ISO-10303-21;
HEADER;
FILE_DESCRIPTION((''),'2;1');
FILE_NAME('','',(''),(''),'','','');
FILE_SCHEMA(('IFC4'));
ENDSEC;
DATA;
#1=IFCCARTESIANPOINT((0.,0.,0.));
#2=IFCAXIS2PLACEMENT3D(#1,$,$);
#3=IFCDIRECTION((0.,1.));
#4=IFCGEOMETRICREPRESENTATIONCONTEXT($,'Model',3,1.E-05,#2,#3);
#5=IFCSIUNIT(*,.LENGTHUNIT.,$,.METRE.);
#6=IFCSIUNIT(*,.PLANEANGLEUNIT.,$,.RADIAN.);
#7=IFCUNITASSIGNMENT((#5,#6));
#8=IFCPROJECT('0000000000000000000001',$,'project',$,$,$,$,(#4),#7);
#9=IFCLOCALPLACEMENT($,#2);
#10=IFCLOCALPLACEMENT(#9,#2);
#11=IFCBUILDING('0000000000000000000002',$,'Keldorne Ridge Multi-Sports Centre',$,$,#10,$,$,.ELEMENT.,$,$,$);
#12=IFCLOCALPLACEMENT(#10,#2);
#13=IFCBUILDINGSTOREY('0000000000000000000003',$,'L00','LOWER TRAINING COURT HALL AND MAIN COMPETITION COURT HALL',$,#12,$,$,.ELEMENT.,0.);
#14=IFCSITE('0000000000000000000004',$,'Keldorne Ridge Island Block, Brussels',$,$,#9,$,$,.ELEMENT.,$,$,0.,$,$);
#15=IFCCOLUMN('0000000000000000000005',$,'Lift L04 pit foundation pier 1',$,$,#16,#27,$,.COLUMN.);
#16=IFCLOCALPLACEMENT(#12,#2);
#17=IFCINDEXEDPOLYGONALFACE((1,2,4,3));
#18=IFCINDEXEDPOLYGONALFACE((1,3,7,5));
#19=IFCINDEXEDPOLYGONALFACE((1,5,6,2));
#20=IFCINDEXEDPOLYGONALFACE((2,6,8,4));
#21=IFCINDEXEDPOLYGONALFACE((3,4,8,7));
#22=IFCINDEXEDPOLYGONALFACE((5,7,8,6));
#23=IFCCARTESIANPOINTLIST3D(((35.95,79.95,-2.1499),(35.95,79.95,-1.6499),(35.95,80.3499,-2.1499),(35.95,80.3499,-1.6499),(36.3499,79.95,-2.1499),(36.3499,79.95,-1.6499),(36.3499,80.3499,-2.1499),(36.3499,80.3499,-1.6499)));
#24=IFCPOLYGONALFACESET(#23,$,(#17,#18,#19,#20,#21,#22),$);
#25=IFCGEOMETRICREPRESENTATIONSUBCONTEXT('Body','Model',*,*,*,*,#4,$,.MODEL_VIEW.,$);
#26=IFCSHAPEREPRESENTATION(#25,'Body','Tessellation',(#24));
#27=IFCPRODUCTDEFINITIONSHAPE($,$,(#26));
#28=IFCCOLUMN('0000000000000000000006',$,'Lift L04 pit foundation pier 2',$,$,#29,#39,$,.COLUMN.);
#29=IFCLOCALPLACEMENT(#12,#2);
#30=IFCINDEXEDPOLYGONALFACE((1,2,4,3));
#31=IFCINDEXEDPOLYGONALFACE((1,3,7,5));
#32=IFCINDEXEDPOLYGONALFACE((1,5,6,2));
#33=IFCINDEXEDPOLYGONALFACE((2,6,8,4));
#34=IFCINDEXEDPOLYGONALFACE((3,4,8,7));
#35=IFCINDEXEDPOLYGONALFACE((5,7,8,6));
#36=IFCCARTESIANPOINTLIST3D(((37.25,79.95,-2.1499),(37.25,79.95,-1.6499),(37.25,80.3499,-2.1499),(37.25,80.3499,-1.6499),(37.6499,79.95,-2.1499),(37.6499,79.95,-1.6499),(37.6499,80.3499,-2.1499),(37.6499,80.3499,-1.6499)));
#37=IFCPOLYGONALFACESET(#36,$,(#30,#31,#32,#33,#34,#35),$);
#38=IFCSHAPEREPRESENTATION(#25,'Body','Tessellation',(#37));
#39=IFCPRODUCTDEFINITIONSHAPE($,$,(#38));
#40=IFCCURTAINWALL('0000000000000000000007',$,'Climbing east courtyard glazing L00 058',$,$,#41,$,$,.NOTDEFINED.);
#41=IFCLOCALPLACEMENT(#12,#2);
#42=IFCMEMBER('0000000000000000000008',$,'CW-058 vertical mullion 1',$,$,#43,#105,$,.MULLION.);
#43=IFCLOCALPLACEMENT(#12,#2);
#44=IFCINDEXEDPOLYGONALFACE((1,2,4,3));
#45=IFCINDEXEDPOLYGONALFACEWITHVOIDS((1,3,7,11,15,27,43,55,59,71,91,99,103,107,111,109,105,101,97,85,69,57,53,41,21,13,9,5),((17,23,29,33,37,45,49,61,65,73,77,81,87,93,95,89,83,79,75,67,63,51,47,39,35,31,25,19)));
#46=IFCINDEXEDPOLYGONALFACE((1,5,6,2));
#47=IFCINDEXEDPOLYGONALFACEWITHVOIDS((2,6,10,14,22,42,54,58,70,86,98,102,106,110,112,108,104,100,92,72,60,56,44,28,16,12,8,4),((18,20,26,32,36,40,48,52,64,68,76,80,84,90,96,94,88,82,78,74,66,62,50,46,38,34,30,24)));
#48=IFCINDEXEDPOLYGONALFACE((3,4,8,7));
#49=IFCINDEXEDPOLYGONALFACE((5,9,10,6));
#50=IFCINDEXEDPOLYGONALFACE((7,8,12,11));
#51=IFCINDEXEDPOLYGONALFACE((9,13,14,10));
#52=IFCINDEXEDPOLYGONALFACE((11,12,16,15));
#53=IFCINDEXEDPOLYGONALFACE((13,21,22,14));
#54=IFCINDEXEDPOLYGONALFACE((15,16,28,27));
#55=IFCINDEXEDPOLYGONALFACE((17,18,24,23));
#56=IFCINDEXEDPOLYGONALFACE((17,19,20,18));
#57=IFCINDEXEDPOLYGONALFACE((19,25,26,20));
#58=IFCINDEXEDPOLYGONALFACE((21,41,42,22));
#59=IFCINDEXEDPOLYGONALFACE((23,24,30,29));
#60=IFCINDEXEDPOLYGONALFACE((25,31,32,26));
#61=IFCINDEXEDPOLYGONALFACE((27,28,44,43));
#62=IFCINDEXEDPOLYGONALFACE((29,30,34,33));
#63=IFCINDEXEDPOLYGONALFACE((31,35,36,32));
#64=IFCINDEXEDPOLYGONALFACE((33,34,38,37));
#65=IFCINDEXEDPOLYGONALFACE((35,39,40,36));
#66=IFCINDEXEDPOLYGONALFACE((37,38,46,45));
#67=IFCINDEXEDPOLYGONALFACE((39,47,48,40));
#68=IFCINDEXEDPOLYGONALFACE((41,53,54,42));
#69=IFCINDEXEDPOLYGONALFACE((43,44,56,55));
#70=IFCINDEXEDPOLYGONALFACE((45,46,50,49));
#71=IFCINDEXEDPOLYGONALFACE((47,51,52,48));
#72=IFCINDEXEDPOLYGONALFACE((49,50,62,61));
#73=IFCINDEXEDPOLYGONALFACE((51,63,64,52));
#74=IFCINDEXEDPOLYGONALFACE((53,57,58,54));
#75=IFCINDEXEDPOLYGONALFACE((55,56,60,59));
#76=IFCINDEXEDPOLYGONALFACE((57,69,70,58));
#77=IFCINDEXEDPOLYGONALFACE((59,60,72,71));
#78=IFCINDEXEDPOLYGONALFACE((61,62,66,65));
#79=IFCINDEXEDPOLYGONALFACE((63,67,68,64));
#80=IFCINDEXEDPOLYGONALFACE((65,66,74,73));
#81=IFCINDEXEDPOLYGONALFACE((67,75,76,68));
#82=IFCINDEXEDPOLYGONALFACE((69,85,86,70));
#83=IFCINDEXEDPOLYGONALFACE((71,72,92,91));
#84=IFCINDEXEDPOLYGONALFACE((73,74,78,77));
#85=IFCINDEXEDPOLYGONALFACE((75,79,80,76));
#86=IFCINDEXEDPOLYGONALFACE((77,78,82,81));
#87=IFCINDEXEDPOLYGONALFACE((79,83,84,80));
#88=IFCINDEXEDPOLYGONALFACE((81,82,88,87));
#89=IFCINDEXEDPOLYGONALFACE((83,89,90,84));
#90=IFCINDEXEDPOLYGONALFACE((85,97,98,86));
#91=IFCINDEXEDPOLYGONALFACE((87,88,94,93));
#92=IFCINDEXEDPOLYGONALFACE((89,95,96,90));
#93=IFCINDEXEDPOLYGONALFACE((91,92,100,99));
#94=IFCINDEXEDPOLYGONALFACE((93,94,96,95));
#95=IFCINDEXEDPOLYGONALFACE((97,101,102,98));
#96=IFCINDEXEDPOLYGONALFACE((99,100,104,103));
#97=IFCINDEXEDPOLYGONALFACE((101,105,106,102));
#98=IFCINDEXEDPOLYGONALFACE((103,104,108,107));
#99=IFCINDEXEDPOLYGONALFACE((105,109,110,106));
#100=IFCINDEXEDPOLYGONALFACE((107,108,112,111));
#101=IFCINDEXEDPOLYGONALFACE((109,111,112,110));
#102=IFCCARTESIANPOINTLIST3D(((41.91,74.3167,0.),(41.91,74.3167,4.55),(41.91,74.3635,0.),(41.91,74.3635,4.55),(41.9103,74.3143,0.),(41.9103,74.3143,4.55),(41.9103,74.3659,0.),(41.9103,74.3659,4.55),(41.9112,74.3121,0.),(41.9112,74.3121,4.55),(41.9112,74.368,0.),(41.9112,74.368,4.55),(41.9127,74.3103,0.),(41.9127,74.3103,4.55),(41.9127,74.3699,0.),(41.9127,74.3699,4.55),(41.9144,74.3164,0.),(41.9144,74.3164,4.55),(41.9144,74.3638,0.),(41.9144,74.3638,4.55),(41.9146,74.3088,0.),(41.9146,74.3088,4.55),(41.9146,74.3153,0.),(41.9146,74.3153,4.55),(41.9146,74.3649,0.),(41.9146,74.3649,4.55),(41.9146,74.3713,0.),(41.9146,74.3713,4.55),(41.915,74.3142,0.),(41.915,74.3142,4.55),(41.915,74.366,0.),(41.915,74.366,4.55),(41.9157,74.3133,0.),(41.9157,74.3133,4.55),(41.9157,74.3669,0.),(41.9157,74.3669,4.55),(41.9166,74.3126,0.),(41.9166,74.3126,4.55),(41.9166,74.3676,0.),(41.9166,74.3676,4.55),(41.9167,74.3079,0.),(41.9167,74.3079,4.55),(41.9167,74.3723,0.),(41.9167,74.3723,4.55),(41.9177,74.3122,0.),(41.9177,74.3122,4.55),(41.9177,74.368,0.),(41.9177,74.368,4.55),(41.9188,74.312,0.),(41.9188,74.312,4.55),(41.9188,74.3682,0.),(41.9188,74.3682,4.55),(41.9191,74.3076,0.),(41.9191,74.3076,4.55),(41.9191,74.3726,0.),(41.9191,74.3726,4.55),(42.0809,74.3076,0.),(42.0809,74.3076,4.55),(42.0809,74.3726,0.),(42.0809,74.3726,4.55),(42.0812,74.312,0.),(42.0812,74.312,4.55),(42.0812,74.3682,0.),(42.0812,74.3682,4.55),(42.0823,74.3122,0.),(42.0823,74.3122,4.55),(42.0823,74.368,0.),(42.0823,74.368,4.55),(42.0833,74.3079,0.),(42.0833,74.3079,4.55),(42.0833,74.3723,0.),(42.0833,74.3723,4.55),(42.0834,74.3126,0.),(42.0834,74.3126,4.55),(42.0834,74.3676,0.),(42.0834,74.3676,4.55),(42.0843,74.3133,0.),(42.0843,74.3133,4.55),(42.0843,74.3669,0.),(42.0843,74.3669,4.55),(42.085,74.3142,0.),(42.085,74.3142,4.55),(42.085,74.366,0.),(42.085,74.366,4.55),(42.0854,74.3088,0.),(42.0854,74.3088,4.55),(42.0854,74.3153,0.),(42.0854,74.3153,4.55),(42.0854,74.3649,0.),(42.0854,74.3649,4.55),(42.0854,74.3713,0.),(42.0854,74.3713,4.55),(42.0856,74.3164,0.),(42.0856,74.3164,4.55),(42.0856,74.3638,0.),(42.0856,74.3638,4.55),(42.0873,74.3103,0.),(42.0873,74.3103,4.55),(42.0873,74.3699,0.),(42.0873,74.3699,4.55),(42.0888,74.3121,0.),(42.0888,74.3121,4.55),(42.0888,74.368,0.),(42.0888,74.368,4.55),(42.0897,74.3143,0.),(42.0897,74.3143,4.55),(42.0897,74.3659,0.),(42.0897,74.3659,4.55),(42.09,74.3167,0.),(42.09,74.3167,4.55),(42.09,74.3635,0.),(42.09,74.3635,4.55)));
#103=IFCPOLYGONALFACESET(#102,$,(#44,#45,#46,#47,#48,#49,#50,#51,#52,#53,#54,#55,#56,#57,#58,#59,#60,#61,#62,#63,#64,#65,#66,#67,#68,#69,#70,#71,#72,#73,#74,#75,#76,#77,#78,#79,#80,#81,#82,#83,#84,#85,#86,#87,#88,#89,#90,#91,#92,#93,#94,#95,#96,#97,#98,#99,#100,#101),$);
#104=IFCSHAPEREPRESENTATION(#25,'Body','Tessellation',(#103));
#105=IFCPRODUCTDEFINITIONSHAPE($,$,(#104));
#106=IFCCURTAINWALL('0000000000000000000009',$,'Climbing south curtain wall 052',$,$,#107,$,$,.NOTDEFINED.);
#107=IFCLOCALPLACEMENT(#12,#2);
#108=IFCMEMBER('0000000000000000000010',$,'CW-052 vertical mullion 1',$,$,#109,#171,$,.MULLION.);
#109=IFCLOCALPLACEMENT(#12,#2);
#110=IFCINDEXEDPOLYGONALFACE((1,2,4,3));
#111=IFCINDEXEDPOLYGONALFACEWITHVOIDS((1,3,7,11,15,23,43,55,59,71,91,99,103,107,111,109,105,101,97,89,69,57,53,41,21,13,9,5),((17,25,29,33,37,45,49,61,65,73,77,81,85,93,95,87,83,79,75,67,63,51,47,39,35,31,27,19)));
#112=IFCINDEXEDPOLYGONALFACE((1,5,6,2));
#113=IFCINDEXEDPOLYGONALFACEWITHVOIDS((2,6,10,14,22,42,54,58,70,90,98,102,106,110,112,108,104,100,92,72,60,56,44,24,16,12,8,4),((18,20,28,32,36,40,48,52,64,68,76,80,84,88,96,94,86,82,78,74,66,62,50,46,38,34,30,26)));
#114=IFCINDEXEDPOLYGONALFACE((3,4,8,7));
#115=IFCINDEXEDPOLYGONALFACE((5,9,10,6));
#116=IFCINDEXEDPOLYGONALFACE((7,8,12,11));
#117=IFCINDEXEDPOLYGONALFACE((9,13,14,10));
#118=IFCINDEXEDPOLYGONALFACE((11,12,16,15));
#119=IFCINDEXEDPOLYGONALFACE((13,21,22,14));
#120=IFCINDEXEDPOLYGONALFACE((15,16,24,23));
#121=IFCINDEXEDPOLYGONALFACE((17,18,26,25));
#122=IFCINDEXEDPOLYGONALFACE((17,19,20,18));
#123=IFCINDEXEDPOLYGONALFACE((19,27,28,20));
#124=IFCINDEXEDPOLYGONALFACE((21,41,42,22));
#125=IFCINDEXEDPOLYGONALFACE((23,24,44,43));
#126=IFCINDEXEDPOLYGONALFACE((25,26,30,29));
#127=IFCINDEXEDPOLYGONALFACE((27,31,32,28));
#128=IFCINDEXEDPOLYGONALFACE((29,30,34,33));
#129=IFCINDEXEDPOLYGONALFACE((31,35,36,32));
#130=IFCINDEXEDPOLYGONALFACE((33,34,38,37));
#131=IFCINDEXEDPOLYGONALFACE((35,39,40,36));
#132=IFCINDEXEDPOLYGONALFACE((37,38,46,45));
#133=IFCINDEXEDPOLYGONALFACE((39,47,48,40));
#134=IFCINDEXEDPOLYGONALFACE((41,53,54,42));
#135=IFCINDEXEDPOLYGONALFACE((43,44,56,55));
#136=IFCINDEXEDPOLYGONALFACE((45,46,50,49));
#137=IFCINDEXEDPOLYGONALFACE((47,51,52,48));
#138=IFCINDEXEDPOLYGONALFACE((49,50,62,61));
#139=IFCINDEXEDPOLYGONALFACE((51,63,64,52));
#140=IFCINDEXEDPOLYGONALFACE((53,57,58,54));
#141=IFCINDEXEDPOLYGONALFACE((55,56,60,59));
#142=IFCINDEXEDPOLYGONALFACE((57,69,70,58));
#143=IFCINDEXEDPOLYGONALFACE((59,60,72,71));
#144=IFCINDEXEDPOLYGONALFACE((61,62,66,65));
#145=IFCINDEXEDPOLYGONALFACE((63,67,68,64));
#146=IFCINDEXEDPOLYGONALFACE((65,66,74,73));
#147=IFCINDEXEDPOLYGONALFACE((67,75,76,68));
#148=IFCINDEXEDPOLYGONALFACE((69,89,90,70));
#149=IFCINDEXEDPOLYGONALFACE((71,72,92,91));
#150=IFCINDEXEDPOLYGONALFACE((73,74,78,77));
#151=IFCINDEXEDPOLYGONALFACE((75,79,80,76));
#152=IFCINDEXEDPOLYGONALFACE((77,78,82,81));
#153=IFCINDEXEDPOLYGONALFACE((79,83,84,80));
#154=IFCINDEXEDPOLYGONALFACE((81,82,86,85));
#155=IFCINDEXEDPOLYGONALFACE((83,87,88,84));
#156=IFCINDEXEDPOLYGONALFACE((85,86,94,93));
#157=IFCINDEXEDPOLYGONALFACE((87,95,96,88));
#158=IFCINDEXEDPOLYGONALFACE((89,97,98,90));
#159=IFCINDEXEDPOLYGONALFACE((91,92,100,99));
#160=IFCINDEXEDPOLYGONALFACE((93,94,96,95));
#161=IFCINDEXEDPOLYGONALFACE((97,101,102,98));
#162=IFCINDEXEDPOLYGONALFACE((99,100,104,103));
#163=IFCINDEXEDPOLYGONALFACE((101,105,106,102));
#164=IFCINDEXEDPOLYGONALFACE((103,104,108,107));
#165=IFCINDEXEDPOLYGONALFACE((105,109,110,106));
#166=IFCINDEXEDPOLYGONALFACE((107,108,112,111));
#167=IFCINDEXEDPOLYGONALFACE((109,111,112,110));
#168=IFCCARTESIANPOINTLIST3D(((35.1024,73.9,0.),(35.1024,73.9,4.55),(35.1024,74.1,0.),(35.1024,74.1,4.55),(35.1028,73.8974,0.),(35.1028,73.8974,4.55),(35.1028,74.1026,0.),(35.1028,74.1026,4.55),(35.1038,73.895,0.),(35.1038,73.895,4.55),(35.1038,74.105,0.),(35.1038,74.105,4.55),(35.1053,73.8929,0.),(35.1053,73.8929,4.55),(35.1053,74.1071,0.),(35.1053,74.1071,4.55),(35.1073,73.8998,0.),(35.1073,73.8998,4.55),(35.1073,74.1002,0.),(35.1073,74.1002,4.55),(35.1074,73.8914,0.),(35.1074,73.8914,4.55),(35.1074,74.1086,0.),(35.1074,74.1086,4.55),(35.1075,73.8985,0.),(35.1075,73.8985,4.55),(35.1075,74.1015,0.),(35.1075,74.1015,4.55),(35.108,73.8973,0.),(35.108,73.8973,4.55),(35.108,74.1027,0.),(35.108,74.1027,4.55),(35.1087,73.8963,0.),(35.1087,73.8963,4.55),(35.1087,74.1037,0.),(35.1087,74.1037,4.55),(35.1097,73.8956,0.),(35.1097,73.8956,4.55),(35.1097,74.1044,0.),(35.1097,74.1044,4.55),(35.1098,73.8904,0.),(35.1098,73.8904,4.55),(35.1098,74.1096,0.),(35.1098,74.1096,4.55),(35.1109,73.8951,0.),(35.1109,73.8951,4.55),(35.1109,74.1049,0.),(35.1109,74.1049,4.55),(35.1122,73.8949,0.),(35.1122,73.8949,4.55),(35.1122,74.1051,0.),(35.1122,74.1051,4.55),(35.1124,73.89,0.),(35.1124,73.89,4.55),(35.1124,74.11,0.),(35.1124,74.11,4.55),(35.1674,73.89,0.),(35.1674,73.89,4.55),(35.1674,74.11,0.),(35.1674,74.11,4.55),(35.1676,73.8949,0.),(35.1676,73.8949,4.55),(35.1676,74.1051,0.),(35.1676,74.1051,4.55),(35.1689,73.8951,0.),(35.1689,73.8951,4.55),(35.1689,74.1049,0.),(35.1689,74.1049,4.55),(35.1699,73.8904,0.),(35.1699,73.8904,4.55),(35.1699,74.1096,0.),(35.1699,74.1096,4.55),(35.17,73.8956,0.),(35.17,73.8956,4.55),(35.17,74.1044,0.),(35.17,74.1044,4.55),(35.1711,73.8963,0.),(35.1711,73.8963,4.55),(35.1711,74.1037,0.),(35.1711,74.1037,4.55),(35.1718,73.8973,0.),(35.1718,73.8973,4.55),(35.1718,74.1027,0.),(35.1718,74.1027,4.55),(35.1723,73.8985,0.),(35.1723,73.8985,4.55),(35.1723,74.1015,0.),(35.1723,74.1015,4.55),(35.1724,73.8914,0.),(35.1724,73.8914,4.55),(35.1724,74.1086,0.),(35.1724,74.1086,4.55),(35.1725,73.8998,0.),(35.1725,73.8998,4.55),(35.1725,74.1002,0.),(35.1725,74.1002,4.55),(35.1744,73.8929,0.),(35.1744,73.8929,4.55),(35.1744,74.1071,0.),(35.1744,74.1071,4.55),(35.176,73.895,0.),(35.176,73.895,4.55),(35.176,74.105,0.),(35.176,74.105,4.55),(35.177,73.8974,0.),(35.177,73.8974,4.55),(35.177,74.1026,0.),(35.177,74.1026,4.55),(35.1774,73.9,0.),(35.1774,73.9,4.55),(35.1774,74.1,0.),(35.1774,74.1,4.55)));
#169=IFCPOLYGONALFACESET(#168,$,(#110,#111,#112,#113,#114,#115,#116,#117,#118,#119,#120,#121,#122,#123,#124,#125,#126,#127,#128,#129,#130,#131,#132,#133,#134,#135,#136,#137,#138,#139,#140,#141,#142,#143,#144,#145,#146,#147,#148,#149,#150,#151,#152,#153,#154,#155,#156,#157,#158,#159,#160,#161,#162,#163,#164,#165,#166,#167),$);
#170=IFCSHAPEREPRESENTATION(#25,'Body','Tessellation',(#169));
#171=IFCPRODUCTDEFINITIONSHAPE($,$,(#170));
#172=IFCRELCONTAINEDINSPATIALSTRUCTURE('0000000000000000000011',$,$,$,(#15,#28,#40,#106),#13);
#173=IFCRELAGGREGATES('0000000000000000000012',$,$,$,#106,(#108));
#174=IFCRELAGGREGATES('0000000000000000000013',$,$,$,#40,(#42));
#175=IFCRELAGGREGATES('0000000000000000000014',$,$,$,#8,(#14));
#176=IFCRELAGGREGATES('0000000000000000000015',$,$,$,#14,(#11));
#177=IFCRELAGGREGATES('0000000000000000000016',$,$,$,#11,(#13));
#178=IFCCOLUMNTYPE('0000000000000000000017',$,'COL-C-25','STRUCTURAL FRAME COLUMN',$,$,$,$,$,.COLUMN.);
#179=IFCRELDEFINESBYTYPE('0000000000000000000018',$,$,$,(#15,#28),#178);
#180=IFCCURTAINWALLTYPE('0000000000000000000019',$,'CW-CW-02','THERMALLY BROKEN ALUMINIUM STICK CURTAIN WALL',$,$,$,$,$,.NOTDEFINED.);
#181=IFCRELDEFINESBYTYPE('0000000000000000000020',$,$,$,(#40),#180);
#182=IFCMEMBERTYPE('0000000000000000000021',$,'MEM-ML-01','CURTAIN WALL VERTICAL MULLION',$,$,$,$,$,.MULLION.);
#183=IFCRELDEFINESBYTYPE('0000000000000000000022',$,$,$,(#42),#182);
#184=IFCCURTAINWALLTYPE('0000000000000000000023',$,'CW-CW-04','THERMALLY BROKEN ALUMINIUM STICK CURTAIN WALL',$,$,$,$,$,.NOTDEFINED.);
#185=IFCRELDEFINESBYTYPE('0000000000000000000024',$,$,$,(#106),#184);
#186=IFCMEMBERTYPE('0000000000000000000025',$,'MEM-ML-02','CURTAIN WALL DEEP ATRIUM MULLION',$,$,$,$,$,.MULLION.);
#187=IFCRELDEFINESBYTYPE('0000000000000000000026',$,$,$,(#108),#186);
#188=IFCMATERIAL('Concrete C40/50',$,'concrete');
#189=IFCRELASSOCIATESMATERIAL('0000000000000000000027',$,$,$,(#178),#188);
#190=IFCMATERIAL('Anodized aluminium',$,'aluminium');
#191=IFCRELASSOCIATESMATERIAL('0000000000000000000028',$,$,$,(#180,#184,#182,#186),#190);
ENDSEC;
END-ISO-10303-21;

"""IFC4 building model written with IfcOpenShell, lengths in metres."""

from ifc_helpers import new_model, si_unit, direction, frame, origin, origin_2d, place, context, subcontext, project, spatial, rectangle, hollow_rectangle, extrude, material, material_profile, profile_set, type_object, element, aggregate, save


model = new_model("IFC4")

# Units and contexts
model_context = context("Model", 3, precision=1e-05, world=origin(), true_north=direction((0.0, 1.0)))
body_context = subcontext(model_context, "Body", "Model", "MODEL_VIEW")
ifc_project = project(units=[si_unit("LENGTHUNIT", "METRE"), si_unit("PLANEANGLEUNIT", "RADIAN")], contexts=[model_context])

# Site, building, storey
site_placement = place(None, origin())
site = spatial("IfcSite", under=ifc_project, at=site_placement, Name="Keldorne Ridge Island Block, Brussels", CompositionType="ELEMENT", RefElevation=0.0)
building_placement = place(site_placement, origin())
building = spatial("IfcBuilding", under=site, at=building_placement, Name="Keldorne Ridge Multi-Sports Centre", CompositionType="ELEMENT")
storey_placement = place(building_placement, origin())
storey = spatial("IfcBuildingStorey", under=building, at=storey_placement, Name="L00", Description="LOWER TRAINING COURT HALL AND MAIN COMPETITION COURT HALL", CompositionType="ELEMENT", Elevation=0.0)

# Columns
ifc_material_1 = material(Name="Concrete C40/50", Category="concrete")
ifc_material_profile_1 = material_profile(ifc_material_1, rectangle(XDim=0.3999, YDim=0.3999, at=origin_2d()), Name="RC 400x400")
ifc_profile_set_1 = profile_set([ifc_material_profile_1], Name="Concrete C40/50")
column_type_1 = type_object("IfcColumnType", Name="COL-C-25", Description="STRUCTURAL FRAME COLUMN", PredefinedType="COLUMN", material=ifc_profile_set_1)
for number, where, z_axis, x_axis, name in (
    (1, (36.1499, 80.1499, -2.1499), (0.0, 0.0, 1.0), (1.0, 0.0, 0.0), "Lift L04 pit foundation pier 1"),
    (2, (37.45, 80.1499, -2.1499), (0.0, 0.0, 1.0), (1.0, 0.0, 0.0), "Lift L04 pit foundation pier 2"),
):
    element("IfcColumn", number, at=place(storey_placement, frame(where, z_axis=z_axis, x_axis=x_axis)), inside=storey, type_object=column_type_1, Name=name, PredefinedType="COLUMN", context=body_context, shape_type="SweptSolid", body=[
        extrude(rectangle(XDim=0.3999, YDim=0.3999, at=origin_2d()), origin(), (0.0, 0.0, 1.0), 0.5),
    ])

# Curtain wall, member
ifc_material_2 = material(Name="Anodized aluminium", Category="aluminium")
curtain_wall_type_1 = type_object("IfcCurtainWallType", Name="CW-CW-02", Description="THERMALLY BROKEN ALUMINIUM STICK CURTAIN WALL", PredefinedType="NOTDEFINED", material=ifc_material_2)
curtain_wall_1_placement = place(storey_placement, origin())
curtain_wall_1 = element("IfcCurtainWall", 3, at=curtain_wall_1_placement, inside=storey, type_object=curtain_wall_type_1, Name="Climbing east courtyard glazing L00 058", PredefinedType="NOTDEFINED")
ifc_material_profile_2 = material_profile(ifc_material_2, hollow_rectangle(XDim=0.0649, YDim=0.1799, WallThickness=0.0044, InnerFilletRadius=0.0044, OuterFilletRadius=0.009, at=origin_2d()), Name="ALU MULLION 180x65x4.5")
ifc_profile_set_2 = profile_set([ifc_material_profile_2], Name="Anodized aluminium")
member_type_1 = type_object("IfcMemberType", Name="MEM-ML-01", Description="CURTAIN WALL VERTICAL MULLION", PredefinedType="MULLION", material=ifc_profile_set_2)
member_1_placement = place(storey_placement, frame((42.0, 74.3401, 0.0), z_axis=(0.0, 0.0, 1.0), x_axis=(0.0, 1.0, 0.0)))
member_1 = element("IfcMember", 4, at=member_1_placement, type_object=member_type_1, Name="CW-058 vertical mullion 1", PredefinedType="MULLION", context=body_context, shape_type="SweptSolid", body=[
    extrude(hollow_rectangle(XDim=0.0649, YDim=0.1799, WallThickness=0.0044, InnerFilletRadius=0.0044, OuterFilletRadius=0.009, at=origin_2d()), origin(), (0.0, 0.0, 1.0), 4.55),
])

# Curtain wall, member
curtain_wall_type_2 = type_object("IfcCurtainWallType", Name="CW-CW-04", Description="THERMALLY BROKEN ALUMINIUM STICK CURTAIN WALL", PredefinedType="NOTDEFINED", material=ifc_material_2)
curtain_wall_2_placement = place(storey_placement, origin())
curtain_wall_2 = element("IfcCurtainWall", 5, at=curtain_wall_2_placement, inside=storey, type_object=curtain_wall_type_2, Name="Climbing south curtain wall 052", PredefinedType="NOTDEFINED")
ifc_material_profile_3 = material_profile(ifc_material_2, hollow_rectangle(XDim=0.075, YDim=0.22, WallThickness=0.0049, InnerFilletRadius=0.0049, OuterFilletRadius=0.01, at=origin_2d()), Name="ALU MULLION 220x75x5")
ifc_profile_set_3 = profile_set([ifc_material_profile_3], Name="Anodized aluminium")
member_type_2 = type_object("IfcMemberType", Name="MEM-ML-02", Description="CURTAIN WALL DEEP ATRIUM MULLION", PredefinedType="MULLION", material=ifc_profile_set_3)
member_2_placement = place(storey_placement, frame((35.1399, 74.0, 0.0), z_axis=(0.0, 0.0, 1.0), x_axis=(1.0, 0.0, 0.0)))
member_2 = element("IfcMember", 6, at=member_2_placement, type_object=member_type_2, Name="CW-052 vertical mullion 1", PredefinedType="MULLION", context=body_context, shape_type="SweptSolid", body=[
    extrude(hollow_rectangle(XDim=0.075, YDim=0.22, WallThickness=0.0049, InnerFilletRadius=0.0049, OuterFilletRadius=0.01, at=origin_2d()), origin(), (0.0, 0.0, 1.0), 4.55),
])
aggregate(curtain_wall_2, [member_2])

aggregate(curtain_wall_1, [member_1])

save(model, "model.ifc")
